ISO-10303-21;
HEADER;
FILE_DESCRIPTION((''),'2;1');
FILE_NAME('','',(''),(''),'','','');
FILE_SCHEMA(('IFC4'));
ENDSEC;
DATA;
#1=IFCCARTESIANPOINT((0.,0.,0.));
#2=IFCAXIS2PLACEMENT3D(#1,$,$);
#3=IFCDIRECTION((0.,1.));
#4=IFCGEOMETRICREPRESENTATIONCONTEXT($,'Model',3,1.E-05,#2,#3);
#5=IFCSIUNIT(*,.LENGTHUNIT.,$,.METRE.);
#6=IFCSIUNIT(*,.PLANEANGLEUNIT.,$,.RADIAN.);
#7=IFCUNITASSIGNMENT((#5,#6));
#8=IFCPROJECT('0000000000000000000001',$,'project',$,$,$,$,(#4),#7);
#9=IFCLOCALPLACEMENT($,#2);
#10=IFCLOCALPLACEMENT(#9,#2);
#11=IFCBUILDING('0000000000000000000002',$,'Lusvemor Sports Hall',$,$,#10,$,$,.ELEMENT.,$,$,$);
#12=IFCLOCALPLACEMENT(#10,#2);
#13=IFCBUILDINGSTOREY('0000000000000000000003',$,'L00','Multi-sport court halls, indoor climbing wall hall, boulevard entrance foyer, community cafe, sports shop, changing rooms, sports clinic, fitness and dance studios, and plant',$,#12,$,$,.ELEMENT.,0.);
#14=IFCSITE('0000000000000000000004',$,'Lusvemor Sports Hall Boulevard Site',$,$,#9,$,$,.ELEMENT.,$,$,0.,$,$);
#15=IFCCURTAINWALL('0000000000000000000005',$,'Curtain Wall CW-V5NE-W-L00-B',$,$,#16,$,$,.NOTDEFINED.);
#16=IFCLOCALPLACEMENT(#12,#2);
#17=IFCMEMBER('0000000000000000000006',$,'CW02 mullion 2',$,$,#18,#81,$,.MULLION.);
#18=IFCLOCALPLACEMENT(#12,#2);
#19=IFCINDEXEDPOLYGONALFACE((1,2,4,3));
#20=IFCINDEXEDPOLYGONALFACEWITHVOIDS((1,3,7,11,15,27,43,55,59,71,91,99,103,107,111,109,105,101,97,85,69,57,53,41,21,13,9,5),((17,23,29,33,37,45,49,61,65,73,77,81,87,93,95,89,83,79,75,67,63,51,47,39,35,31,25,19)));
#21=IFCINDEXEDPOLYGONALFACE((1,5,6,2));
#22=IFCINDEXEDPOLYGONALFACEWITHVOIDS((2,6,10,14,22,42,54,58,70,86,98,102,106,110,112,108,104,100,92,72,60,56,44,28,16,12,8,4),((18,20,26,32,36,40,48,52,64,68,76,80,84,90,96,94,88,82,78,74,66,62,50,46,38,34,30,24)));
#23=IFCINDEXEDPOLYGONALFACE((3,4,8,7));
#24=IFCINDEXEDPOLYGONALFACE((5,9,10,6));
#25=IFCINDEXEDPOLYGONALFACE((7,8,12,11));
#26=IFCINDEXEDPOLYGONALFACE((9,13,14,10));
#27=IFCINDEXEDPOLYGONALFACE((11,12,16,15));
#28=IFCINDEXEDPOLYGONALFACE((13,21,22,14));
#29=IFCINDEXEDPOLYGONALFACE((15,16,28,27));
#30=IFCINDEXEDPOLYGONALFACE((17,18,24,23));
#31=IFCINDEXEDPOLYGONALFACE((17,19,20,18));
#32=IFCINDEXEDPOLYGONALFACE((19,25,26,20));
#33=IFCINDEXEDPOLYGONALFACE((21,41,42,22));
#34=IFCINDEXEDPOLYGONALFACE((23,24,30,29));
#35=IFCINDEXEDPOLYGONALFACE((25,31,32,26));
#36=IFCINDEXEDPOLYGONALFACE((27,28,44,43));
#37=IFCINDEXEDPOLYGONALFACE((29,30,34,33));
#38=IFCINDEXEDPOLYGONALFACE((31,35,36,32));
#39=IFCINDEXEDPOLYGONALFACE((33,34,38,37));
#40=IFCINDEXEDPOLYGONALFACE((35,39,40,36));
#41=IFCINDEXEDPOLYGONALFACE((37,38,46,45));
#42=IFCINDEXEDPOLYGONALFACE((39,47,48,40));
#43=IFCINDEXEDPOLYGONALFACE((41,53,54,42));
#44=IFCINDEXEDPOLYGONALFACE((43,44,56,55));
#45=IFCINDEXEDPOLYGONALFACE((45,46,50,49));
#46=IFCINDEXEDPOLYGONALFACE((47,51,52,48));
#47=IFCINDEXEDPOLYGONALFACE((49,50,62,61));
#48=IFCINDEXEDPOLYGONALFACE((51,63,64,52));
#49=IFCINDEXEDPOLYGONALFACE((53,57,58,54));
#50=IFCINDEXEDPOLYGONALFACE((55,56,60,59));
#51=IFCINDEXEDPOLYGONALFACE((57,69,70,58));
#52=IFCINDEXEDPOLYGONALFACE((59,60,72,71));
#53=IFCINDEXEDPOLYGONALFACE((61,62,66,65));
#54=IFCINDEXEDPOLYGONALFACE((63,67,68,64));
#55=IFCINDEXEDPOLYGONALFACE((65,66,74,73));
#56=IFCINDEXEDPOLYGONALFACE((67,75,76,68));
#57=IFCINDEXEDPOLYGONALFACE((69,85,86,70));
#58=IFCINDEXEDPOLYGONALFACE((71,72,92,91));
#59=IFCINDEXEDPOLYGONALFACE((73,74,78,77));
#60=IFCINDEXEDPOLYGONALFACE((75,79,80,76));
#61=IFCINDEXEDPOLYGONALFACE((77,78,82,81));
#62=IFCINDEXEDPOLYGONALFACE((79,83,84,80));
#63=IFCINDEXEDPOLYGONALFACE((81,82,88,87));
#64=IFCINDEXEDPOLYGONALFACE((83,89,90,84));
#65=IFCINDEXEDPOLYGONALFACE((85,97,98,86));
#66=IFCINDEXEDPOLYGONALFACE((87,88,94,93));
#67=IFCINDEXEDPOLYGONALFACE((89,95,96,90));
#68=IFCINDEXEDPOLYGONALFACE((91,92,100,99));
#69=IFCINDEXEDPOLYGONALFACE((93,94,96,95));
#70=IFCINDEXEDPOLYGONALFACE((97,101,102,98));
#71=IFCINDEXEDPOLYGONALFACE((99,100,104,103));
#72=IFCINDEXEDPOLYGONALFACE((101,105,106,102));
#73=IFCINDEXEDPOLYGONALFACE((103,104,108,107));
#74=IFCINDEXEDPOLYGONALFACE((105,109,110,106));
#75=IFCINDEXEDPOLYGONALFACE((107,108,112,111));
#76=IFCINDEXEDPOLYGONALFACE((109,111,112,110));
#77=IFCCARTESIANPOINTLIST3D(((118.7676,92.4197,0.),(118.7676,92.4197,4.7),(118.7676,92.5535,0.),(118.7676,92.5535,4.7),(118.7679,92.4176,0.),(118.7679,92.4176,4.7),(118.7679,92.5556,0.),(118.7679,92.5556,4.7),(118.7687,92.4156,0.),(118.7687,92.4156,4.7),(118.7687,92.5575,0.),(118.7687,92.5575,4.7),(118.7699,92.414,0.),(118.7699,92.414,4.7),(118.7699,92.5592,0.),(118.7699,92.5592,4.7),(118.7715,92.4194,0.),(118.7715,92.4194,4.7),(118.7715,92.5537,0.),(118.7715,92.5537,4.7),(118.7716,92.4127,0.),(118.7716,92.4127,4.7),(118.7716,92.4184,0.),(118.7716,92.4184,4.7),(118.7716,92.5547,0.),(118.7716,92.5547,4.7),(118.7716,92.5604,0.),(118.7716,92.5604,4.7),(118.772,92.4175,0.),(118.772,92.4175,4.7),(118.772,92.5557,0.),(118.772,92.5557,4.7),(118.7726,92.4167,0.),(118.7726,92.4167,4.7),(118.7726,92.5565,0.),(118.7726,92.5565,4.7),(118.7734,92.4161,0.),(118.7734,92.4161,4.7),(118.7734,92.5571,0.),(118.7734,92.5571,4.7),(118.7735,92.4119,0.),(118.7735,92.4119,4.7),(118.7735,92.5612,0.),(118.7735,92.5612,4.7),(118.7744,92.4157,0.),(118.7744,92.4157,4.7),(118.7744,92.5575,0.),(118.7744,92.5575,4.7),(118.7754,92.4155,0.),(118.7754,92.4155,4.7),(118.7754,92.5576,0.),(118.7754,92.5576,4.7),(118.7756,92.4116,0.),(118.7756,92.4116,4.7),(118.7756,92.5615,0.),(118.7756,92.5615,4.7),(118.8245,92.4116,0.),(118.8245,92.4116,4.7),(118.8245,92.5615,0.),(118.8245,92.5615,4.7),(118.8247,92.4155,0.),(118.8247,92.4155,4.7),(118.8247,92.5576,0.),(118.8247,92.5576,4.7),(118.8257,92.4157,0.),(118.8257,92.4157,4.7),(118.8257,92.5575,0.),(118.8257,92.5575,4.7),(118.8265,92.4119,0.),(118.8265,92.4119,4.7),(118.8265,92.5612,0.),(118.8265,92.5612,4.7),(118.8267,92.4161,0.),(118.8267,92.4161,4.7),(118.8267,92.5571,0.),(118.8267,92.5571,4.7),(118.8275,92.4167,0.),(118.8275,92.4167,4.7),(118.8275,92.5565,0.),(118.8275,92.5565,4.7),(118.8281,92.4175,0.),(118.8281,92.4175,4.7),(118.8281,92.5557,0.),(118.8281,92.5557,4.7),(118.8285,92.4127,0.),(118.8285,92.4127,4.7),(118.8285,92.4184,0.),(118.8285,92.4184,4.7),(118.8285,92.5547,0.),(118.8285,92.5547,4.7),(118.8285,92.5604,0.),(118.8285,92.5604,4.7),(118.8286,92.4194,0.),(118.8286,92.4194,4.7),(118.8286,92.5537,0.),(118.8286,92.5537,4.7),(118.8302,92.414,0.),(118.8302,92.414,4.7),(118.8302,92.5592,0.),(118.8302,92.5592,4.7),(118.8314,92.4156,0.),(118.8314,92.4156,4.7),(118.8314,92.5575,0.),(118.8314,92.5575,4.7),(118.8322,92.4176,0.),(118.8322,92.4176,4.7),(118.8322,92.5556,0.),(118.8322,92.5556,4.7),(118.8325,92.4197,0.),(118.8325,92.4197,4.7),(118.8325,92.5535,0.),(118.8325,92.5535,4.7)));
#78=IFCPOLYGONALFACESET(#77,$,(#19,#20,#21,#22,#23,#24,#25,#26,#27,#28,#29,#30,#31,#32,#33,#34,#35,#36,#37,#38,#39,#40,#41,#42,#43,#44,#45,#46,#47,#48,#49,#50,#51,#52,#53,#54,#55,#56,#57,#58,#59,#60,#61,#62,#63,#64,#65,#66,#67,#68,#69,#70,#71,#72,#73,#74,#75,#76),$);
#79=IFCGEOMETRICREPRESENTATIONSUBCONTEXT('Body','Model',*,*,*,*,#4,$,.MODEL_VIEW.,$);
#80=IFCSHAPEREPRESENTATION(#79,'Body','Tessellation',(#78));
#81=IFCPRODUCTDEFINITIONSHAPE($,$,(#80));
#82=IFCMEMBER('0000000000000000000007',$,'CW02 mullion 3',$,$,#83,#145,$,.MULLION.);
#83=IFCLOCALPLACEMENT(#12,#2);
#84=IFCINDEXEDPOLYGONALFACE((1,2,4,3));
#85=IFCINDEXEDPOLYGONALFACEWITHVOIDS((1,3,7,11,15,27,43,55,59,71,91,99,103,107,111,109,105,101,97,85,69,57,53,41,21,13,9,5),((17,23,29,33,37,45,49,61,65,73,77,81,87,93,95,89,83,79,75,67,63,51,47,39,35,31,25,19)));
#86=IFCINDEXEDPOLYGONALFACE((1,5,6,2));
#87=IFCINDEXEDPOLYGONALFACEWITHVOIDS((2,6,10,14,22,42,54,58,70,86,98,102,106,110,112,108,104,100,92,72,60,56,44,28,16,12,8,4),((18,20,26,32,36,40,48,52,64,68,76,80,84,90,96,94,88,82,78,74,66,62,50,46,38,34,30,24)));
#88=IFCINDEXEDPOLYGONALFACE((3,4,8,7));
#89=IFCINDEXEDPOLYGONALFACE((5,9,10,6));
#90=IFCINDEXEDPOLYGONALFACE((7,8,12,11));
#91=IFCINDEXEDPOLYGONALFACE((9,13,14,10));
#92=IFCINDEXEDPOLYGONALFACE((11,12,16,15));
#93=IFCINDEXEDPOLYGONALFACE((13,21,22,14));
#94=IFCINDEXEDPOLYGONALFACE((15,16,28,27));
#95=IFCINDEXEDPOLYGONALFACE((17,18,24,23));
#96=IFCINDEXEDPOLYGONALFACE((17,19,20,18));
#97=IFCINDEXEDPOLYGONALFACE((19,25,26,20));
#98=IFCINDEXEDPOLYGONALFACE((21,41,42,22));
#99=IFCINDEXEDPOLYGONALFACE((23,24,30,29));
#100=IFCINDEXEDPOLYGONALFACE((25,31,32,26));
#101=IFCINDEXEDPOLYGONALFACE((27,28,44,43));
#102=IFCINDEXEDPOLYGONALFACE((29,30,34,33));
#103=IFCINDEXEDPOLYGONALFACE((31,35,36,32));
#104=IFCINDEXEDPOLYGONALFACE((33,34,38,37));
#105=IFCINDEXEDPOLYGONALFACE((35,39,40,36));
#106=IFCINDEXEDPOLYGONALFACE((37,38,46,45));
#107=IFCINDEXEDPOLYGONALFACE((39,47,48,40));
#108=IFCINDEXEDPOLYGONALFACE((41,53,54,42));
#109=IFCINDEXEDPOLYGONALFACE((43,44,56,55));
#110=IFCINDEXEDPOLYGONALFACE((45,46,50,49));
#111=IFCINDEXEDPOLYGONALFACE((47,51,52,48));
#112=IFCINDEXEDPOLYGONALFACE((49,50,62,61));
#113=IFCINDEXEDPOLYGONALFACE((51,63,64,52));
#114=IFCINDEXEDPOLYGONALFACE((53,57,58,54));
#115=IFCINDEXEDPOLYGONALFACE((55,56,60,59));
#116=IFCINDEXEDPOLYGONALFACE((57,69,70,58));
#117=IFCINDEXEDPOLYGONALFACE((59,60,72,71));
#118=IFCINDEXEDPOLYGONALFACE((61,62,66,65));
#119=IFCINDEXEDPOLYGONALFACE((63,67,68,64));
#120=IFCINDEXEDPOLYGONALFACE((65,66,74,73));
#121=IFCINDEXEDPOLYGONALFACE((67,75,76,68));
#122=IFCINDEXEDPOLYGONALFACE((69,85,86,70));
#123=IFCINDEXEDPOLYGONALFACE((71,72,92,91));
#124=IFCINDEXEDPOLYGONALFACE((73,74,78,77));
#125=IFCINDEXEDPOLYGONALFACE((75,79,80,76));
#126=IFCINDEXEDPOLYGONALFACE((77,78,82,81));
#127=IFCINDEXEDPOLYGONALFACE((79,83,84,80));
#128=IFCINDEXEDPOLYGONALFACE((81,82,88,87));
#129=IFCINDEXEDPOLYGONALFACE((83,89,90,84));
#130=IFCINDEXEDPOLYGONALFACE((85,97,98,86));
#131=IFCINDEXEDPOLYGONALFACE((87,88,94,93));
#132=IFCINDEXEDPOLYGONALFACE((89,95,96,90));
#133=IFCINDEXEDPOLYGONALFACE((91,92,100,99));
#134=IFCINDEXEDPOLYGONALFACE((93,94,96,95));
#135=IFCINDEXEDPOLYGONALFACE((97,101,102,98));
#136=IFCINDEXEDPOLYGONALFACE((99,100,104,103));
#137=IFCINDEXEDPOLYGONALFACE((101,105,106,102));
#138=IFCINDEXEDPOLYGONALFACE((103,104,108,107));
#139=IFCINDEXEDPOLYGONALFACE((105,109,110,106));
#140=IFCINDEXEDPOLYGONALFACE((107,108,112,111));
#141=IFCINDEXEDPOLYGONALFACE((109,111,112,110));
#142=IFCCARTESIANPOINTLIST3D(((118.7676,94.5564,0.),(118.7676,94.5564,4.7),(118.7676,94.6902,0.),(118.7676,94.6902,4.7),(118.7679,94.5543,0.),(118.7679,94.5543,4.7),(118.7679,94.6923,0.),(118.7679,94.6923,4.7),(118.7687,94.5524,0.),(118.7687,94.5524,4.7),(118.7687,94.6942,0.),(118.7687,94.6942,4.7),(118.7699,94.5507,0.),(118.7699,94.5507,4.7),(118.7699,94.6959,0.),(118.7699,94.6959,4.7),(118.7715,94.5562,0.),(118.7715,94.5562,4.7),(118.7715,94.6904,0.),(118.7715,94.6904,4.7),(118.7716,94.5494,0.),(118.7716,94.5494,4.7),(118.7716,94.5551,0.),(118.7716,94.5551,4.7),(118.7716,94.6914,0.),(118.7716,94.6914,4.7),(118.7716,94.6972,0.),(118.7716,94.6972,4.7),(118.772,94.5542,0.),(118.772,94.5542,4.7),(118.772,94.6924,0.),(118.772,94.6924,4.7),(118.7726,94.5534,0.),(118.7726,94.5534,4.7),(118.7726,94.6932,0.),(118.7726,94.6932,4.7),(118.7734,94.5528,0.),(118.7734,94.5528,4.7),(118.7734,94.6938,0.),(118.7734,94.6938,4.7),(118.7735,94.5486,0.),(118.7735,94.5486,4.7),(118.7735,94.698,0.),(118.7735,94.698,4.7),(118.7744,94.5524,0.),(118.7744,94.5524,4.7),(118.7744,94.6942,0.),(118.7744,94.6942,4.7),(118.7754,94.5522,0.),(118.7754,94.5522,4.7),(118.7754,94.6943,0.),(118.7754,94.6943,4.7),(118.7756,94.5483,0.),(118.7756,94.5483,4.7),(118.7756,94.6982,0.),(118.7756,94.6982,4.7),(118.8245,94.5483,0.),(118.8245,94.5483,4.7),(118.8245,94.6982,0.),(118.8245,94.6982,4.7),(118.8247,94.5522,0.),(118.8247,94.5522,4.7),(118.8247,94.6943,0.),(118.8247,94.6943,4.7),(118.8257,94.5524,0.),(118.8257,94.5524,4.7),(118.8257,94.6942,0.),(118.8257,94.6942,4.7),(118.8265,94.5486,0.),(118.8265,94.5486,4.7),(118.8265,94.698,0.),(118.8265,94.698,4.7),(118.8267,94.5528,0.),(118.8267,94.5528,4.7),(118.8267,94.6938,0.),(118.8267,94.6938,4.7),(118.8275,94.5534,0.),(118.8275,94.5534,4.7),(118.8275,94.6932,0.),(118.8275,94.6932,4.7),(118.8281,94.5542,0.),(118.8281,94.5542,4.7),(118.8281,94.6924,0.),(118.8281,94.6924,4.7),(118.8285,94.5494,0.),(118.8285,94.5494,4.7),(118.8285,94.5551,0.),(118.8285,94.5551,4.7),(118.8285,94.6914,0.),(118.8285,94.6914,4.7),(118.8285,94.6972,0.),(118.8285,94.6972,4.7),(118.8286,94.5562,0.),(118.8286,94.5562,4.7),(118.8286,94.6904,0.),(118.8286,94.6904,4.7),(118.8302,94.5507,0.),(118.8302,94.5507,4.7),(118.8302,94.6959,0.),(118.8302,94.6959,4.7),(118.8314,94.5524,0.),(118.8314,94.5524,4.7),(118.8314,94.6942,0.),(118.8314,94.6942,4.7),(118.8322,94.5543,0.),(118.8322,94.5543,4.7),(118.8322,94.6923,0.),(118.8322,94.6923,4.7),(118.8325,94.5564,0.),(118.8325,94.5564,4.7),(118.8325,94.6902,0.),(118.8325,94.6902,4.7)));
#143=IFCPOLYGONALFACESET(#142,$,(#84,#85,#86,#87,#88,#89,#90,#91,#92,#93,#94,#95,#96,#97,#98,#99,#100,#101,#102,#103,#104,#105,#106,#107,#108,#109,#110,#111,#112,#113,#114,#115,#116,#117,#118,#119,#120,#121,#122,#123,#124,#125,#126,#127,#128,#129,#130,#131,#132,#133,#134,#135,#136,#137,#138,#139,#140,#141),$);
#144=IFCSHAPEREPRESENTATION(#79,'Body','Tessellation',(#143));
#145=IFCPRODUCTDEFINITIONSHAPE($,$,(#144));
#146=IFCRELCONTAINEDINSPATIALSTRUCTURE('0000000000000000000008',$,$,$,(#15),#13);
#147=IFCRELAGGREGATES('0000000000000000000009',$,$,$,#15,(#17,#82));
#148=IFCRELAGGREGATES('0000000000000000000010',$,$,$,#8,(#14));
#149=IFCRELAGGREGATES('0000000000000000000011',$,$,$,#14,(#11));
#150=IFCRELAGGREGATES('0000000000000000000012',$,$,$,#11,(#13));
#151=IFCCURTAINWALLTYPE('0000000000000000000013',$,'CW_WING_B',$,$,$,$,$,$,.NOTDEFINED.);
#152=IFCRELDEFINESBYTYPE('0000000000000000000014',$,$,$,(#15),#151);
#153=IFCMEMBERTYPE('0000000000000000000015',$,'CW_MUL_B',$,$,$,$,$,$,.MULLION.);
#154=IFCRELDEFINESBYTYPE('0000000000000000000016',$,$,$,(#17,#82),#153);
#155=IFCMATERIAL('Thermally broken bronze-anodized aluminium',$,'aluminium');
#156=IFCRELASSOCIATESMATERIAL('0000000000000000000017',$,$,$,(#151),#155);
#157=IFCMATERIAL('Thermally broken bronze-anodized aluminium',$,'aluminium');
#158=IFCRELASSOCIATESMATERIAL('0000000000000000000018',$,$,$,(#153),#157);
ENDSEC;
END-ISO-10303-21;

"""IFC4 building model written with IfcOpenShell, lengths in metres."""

from ifc_helpers import new_model, si_unit, direction, frame, origin, origin_2d, place, context, subcontext, project, spatial, hollow_rectangle, extrude, material, material_profile, profile_set, type_object, element, aggregate, save


model = new_model("IFC4")

# Units and contexts
model_context = context("Model", 3, precision=1e-05, world=origin(), true_north=direction((0.0, 1.0)))
body_context = subcontext(model_context, "Body", "Model", "MODEL_VIEW")
ifc_project = project(units=[si_unit("LENGTHUNIT", "METRE"), si_unit("PLANEANGLEUNIT", "RADIAN")], contexts=[model_context])

# Site, building, storey
site_placement = place(None, origin())
site = spatial("IfcSite", under=ifc_project, at=site_placement, Name="Lusvemor Sports Hall Boulevard Site", CompositionType="ELEMENT", RefElevation=0.0)
building_placement = place(site_placement, origin())
building = spatial("IfcBuilding", under=site, at=building_placement, Name="Lusvemor Sports Hall", CompositionType="ELEMENT")
storey_placement = place(building_placement, origin())
storey = spatial("IfcBuildingStorey", under=building, at=storey_placement, Name="L00", Description="Multi-sport court halls, indoor climbing wall hall, boulevard entrance foyer, community cafe, sports shop, changing rooms, sports clinic, fitness and dance studios, and plant", CompositionType="ELEMENT", Elevation=0.0)

# Curtain wall, members
ifc_material_1 = material(Name="Thermally broken bronze-anodized aluminium", Category="aluminium")
curtain_wall_type = type_object("IfcCurtainWallType", Name="CW_WING_B", PredefinedType="NOTDEFINED", material=ifc_material_1)
curtain_wall_placement = place(storey_placement, origin())
curtain_wall = element("IfcCurtainWall", 1, at=curtain_wall_placement, inside=storey, type_object=curtain_wall_type, Name="Curtain Wall CW-V5NE-W-L00-B", PredefinedType="NOTDEFINED")
ifc_material_2 = material(Name="Thermally broken bronze-anodized aluminium", Category="aluminium")
ifc_material_profile_1 = material_profile(ifc_material_2, hollow_rectangle(XDim=0.0649, YDim=0.1499, WallThickness=0.0039, InnerFilletRadius=0.0039, OuterFilletRadius=0.0081, at=origin_2d()), Name="CWMUL150x65x4")
ifc_profile_set_1 = profile_set([ifc_material_profile_1], Name="Thermally broken bronze-anodized aluminium")
member_type_1 = type_object("IfcMemberType", Name="CW_MUL_B", PredefinedType="MULLION", material=ifc_profile_set_1)
member_1_placement = place(storey_placement, frame((118.8, 92.4866, 0.0), z_axis=(0.0, 0.0, 1.0), x_axis=(-1.0, 0.0, 0.0)))
member_1 = element("IfcMember", 2, at=member_1_placement, type_object=member_type_1, Name="CW02 mullion 2", PredefinedType="MULLION", context=body_context, shape_type="SweptSolid", body=[
    extrude(hollow_rectangle(XDim=0.0649, YDim=0.1499, WallThickness=0.0039, InnerFilletRadius=0.0039, OuterFilletRadius=0.0081, at=origin_2d()), origin(), (0.0, 0.0, 1.0), 4.7),
])
member_2_placement = place(storey_placement, frame((118.8, 94.6233, 0.0), z_axis=(0.0, 0.0, 1.0), x_axis=(-1.0, 0.0, 0.0)))
member_2 = element("IfcMember", 3, at=member_2_placement, type_object=member_type_1, Name="CW02 mullion 3", PredefinedType="MULLION", context=body_context, shape_type="SweptSolid", body=[
    extrude(hollow_rectangle(XDim=0.0649, YDim=0.1499, WallThickness=0.0039, InnerFilletRadius=0.0039, OuterFilletRadius=0.0081, at=origin_2d()), origin(), (0.0, 0.0, 1.0), 4.7),
])
aggregate(curtain_wall, [member_1, member_2])

save(model, "model.ifc")
